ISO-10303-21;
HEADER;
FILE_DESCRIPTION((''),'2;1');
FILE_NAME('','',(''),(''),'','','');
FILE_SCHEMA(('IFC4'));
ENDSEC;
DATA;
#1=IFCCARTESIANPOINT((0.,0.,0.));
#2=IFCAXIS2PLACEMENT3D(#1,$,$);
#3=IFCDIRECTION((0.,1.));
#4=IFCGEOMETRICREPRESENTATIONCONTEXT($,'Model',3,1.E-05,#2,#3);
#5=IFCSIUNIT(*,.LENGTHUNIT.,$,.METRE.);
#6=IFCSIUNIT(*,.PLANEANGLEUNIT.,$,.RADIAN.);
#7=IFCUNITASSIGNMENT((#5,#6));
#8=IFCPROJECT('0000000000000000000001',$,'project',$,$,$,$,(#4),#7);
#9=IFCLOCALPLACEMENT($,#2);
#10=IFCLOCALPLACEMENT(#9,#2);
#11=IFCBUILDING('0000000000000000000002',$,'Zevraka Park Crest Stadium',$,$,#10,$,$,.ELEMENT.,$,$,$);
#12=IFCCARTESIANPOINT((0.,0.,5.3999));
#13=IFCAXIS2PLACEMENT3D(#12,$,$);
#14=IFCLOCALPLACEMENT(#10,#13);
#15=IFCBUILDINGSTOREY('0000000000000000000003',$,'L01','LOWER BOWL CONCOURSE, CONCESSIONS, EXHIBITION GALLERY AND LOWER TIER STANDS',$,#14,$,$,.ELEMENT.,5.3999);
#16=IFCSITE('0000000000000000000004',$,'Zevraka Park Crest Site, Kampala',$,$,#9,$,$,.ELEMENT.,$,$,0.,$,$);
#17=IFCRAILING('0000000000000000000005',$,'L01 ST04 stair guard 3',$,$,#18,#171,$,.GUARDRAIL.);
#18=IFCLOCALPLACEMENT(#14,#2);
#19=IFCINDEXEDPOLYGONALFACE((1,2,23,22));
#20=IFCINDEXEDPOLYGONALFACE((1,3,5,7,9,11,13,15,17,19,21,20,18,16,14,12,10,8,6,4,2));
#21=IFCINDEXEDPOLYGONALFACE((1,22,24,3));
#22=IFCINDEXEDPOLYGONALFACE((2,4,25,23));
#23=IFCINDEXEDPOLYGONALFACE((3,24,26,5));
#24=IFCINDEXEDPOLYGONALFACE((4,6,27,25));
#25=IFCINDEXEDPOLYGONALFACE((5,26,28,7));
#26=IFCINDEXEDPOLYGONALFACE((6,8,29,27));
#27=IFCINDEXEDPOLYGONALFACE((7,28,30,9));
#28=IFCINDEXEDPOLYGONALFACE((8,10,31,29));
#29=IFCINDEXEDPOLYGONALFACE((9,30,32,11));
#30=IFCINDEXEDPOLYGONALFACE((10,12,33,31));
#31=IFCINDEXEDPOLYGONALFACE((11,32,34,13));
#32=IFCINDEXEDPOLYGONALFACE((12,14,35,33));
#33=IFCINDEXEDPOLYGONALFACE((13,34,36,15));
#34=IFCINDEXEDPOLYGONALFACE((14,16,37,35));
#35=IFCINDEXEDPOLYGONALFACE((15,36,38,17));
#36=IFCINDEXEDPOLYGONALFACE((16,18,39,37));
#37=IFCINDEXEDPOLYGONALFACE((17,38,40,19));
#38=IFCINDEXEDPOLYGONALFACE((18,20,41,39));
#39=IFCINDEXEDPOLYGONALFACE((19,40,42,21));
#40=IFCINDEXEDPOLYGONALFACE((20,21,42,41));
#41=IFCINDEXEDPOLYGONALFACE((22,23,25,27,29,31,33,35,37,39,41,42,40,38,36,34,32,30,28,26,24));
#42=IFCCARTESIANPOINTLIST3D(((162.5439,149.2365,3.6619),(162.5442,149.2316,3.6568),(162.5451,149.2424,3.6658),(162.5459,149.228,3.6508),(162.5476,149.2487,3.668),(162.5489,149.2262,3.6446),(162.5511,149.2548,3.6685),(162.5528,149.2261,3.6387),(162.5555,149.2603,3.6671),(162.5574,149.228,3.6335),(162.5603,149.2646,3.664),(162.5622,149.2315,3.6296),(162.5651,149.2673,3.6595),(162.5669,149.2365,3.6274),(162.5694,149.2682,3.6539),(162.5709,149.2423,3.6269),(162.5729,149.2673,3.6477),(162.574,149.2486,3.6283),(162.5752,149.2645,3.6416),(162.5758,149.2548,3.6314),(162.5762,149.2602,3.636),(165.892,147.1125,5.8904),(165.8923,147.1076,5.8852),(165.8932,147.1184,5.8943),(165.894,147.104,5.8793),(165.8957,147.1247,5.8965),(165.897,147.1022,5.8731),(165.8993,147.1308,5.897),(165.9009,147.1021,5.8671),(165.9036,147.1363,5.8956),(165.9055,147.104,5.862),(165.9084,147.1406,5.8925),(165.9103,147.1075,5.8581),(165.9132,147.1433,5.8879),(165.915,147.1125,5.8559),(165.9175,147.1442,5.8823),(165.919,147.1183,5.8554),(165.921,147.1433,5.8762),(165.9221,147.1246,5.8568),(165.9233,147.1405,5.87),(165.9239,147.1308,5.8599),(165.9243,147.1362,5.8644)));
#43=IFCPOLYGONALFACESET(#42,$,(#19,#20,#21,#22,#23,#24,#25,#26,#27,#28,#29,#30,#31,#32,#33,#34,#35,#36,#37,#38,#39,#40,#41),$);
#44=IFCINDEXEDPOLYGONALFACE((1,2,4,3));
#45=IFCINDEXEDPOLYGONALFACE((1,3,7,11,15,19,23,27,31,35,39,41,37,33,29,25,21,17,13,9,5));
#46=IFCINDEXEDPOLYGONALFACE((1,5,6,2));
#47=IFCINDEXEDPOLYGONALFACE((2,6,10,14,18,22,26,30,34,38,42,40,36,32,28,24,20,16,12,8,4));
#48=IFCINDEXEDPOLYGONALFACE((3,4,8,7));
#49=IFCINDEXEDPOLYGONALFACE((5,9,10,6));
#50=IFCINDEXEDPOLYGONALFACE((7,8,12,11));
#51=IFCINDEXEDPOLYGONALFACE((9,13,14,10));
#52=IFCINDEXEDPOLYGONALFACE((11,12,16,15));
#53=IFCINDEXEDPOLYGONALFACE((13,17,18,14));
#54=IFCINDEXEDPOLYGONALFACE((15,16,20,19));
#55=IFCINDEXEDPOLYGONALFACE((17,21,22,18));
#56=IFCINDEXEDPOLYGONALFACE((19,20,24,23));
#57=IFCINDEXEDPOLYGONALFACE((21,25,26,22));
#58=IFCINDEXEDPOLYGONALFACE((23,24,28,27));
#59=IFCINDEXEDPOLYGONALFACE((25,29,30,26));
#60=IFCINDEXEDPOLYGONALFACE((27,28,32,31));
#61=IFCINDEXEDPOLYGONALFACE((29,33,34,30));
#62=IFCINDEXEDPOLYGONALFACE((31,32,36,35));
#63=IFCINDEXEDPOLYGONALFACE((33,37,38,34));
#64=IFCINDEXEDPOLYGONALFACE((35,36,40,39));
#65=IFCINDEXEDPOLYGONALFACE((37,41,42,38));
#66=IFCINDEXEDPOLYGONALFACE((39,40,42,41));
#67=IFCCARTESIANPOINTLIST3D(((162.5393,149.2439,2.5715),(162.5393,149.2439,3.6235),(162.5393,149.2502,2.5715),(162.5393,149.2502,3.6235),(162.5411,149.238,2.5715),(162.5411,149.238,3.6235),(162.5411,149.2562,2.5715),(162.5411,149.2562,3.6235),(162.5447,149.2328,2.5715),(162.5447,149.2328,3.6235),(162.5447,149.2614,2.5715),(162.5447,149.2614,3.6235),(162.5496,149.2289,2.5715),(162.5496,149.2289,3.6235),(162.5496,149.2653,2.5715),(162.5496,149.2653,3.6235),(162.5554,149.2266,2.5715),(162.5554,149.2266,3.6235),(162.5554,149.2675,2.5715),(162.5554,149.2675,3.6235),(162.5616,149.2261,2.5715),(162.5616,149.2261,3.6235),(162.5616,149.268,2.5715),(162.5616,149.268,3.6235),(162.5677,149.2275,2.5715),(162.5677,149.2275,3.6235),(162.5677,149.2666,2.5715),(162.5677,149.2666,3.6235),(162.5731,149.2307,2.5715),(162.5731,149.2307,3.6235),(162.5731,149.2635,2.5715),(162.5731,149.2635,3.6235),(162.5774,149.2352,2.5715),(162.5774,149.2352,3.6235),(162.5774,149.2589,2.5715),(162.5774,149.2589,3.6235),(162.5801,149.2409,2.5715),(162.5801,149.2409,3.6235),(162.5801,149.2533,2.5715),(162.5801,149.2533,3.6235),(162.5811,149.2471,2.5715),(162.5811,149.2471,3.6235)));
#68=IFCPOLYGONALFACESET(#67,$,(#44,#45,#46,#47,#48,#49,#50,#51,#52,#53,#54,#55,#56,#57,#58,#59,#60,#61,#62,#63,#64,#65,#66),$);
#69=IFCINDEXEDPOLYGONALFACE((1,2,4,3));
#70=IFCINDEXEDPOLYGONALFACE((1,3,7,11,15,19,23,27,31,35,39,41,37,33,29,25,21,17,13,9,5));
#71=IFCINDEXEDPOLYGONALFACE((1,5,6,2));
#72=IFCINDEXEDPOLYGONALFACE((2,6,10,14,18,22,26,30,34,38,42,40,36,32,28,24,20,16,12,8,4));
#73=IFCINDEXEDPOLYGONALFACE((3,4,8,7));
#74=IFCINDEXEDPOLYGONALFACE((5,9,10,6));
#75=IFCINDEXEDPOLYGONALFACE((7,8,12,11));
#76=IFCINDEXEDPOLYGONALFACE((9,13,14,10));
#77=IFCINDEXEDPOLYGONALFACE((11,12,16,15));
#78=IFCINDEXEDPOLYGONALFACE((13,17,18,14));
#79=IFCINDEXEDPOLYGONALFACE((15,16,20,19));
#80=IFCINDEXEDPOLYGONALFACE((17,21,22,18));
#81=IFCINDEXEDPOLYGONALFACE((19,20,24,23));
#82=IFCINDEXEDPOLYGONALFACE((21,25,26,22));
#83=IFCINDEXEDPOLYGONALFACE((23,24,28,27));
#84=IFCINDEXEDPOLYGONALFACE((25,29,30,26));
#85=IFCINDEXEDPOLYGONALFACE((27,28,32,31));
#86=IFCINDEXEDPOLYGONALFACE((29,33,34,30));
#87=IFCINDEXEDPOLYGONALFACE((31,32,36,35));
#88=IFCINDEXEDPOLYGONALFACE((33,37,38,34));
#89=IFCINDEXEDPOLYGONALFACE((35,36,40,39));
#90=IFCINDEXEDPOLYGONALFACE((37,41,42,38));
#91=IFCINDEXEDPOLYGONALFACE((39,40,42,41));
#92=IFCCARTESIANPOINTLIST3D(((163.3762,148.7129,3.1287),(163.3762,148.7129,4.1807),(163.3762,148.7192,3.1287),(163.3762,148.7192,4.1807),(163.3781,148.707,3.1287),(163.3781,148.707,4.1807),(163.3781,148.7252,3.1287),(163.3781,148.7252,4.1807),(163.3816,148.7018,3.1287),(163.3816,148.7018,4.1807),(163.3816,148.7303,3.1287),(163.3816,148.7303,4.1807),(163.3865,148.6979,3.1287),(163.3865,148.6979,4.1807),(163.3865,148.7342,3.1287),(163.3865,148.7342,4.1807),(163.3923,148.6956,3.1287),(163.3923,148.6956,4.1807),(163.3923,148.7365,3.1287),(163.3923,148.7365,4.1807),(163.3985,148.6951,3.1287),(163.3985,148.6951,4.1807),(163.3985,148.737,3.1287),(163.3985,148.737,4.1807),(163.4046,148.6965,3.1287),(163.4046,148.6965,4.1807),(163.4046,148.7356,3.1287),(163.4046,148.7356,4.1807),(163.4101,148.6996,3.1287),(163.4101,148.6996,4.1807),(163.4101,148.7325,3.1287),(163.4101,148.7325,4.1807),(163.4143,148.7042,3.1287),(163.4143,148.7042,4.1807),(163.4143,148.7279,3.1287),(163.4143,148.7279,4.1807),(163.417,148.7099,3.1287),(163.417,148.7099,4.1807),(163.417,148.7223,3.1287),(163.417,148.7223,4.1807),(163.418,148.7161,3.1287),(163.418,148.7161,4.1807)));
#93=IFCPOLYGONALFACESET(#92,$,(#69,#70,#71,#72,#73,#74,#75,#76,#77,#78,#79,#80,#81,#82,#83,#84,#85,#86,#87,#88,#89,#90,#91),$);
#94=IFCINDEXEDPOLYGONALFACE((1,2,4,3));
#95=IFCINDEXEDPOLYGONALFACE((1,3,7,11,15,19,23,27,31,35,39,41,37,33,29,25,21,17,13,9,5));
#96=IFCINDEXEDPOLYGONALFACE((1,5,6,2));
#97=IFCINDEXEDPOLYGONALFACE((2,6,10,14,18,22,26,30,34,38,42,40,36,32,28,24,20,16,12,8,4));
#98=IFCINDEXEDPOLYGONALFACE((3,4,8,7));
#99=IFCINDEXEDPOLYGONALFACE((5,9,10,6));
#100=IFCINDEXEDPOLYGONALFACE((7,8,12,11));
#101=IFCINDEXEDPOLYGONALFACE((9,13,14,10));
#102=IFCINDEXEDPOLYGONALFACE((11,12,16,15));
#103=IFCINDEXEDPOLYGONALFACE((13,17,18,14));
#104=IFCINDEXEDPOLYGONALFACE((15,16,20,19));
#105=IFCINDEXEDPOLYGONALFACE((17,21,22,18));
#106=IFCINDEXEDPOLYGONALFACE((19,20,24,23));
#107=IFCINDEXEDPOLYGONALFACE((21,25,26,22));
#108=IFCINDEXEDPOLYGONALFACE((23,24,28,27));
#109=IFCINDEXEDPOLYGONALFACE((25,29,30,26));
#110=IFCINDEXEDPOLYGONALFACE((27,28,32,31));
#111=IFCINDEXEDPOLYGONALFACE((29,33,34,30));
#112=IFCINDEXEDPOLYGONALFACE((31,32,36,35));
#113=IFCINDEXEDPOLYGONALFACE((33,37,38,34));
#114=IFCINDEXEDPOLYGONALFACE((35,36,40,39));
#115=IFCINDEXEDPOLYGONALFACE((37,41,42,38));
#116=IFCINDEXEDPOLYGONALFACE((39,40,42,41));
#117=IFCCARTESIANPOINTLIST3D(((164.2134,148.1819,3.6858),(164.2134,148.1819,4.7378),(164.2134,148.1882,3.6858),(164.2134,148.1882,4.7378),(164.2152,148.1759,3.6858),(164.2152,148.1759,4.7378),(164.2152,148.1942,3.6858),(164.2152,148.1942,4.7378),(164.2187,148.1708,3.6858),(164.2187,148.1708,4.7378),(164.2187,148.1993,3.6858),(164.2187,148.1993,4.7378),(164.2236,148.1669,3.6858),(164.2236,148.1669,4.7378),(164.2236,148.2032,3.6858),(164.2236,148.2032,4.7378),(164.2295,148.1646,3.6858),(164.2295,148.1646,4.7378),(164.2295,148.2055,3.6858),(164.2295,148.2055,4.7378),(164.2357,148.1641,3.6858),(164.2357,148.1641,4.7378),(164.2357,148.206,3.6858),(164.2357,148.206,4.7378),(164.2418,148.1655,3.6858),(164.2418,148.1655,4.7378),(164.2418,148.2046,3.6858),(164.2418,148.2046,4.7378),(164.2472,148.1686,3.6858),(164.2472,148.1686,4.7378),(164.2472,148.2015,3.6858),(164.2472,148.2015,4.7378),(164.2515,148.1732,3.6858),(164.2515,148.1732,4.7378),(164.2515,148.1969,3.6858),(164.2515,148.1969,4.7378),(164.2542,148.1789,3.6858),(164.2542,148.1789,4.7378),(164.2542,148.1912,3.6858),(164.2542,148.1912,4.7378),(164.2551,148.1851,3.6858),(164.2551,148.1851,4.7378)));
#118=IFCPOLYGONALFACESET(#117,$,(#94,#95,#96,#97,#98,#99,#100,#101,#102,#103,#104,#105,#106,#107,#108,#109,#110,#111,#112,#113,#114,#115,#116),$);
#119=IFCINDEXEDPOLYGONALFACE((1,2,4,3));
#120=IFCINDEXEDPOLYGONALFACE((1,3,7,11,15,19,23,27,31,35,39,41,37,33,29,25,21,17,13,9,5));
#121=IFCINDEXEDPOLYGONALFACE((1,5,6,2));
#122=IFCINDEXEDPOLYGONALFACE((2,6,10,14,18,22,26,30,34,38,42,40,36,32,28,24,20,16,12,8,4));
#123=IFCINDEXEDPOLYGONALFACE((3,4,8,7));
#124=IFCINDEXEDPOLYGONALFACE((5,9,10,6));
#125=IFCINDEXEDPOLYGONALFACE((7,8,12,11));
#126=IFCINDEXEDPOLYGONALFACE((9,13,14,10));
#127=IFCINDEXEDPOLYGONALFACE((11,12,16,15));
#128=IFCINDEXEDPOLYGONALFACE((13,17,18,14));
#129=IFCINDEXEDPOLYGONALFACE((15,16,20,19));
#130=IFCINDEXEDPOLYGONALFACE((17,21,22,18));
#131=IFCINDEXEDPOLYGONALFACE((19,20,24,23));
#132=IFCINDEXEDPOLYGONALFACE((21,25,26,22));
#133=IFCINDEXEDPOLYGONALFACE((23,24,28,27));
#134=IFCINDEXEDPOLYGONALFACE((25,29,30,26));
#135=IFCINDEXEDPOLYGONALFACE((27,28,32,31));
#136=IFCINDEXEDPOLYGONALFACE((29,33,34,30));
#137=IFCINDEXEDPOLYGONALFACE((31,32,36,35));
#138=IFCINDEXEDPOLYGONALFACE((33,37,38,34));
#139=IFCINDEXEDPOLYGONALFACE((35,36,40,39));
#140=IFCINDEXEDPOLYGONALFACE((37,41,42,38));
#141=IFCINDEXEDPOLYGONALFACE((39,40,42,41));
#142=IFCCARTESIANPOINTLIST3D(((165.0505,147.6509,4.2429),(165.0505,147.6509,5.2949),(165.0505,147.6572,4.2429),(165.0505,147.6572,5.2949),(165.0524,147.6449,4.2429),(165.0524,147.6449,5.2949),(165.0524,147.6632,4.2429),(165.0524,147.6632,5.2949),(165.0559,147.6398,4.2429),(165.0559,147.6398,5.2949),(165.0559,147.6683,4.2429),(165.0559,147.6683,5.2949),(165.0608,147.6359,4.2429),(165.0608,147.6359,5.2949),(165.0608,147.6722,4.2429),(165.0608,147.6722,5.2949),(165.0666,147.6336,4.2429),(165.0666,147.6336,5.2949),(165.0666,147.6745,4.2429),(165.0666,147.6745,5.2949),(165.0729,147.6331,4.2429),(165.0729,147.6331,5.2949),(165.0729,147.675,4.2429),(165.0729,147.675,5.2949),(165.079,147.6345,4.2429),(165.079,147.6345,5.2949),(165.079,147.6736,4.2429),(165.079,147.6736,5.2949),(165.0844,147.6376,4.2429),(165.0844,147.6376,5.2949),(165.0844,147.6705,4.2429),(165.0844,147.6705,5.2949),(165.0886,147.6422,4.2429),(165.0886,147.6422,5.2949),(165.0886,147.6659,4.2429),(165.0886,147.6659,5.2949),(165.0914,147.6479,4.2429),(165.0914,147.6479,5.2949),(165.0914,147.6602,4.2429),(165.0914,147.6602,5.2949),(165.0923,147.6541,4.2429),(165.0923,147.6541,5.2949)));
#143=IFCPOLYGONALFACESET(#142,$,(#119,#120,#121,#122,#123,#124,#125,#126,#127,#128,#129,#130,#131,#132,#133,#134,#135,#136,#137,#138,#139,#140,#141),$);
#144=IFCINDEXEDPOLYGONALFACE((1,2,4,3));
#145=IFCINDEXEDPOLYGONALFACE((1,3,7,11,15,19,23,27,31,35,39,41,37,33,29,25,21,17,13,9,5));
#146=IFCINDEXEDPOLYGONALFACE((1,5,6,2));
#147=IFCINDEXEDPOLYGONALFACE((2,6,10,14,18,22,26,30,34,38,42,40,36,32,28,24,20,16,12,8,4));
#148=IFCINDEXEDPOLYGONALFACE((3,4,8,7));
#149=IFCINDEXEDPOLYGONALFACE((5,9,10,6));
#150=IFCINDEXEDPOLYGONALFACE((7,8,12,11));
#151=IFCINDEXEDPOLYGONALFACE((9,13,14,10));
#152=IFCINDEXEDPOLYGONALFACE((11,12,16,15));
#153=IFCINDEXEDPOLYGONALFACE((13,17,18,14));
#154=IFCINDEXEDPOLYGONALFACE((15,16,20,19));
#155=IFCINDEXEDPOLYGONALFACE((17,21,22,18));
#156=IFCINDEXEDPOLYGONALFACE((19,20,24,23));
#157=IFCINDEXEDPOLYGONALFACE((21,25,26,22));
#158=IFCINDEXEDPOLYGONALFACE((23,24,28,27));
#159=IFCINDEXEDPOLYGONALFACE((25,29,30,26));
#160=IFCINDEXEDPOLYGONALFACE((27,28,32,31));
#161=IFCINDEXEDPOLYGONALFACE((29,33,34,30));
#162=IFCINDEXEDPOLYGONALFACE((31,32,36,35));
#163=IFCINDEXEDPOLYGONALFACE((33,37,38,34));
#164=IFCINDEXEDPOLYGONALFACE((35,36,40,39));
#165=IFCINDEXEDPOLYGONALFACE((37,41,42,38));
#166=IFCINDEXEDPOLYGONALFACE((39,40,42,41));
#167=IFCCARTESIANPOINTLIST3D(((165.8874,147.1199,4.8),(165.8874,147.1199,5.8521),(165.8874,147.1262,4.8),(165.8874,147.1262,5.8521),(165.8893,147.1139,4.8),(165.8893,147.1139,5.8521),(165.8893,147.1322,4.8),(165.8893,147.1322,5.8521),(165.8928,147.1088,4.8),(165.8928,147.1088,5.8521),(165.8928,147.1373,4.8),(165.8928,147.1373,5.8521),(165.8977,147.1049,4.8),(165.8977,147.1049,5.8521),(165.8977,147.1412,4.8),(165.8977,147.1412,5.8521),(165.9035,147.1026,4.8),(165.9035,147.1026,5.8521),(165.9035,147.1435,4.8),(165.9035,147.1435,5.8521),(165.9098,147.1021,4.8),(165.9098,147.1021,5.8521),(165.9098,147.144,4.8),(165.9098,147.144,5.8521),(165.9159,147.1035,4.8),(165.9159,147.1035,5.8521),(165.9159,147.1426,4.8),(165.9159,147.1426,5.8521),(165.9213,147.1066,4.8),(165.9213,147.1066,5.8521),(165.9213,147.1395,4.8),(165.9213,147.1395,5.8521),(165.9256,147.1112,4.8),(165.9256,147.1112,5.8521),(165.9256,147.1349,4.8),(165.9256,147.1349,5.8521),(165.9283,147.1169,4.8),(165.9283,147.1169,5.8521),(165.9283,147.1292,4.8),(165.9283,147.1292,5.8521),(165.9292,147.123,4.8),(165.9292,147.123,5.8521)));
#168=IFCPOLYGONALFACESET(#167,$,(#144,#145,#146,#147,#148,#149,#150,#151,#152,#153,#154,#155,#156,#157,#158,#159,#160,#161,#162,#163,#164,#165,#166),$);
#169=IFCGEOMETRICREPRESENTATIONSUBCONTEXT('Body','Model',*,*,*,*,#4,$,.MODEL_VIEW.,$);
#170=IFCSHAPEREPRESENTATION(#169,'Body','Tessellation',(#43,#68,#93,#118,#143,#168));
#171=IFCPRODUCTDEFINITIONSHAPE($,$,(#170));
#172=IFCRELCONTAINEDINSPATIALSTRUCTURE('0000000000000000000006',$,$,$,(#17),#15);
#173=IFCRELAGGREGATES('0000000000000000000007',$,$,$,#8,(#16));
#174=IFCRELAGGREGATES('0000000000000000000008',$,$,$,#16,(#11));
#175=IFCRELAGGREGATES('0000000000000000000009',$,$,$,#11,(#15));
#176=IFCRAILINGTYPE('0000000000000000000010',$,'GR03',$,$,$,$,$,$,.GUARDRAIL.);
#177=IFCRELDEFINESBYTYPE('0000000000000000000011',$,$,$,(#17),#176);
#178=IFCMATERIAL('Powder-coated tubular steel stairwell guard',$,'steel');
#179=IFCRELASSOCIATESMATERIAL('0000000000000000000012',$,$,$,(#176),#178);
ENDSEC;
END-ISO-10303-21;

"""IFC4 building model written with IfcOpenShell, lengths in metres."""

from ifc_helpers import new_model, si_unit, direction, frame, origin, origin_2d, place, context, subcontext, project, spatial, circle, extrude, material, type_object, element, save


model = new_model("IFC4")

# Units and contexts
model_context = context("Model", 3, precision=1e-05, world=origin(), true_north=direction((0.0, 1.0)))
body_context = subcontext(model_context, "Body", "Model", "MODEL_VIEW")
ifc_project = project(units=[si_unit("LENGTHUNIT", "METRE"), si_unit("PLANEANGLEUNIT", "RADIAN")], contexts=[model_context])

# Site, building, storey
site_placement = place(None, origin())
site = spatial("IfcSite", under=ifc_project, at=site_placement, Name="Zevraka Park Crest Site, Kampala", CompositionType="ELEMENT", RefElevation=0.0)
building_placement = place(site_placement, origin())
building = spatial("IfcBuilding", under=site, at=building_placement, Name="Zevraka Park Crest Stadium", CompositionType="ELEMENT")
storey_placement = place(building_placement, frame((0.0, 0.0, 5.3999)))
storey = spatial("IfcBuildingStorey", under=building, at=storey_placement, Name="L01", Description="LOWER BOWL CONCOURSE, CONCESSIONS, EXHIBITION GALLERY AND LOWER TIER STANDS", CompositionType="ELEMENT", Elevation=5.3999)

# Railing
ifc_material_1 = material(Name="Powder-coated tubular steel stairwell guard", Category="steel")
railing_type_1 = type_object("IfcRailingType", Name="GR03", PredefinedType="GUARDRAIL", material=ifc_material_1)
railing_1_placement = place(storey_placement, frame((162.5601, 149.2471, 2.5715)))
element("IfcRailing", 1, at=railing_1_placement, inside=storey, type_object=railing_type_1, Name="L01 ST04 stair guard 3", PredefinedType="GUARDRAIL", context=body_context, shape_type="SweptSolid", body=[
    extrude(circle(Radius=0.0239, at=origin_2d()), frame((0.0, 0.0, 1.0762), z_axis=(0.736117, -0.466984, 0.489957), x_axis=(0.535688, 0.844416, 0.0)), (0.0, 0.0, 1.0), 4.5483),
    extrude(circle(Radius=0.021, at=origin_2d()), origin(), (0.0, 0.0, 1.0), 1.052),
    extrude(circle(Radius=0.021, at=origin_2d()), frame((0.8369, -0.531, 0.5571)), (0.0, 0.0, 1.0), 1.052),
    extrude(circle(Radius=0.021, at=origin_2d()), frame((1.6741, -1.062, 1.1143)), (0.0, 0.0, 1.0), 1.052),
    extrude(circle(Radius=0.021, at=origin_2d()), frame((2.5112, -1.593, 1.6714)), (0.0, 0.0, 1.0), 1.052),
    extrude(circle(Radius=0.021, at=origin_2d()), frame((3.3481, -2.124, 2.2285)), (0.0, 0.0, 1.0), 1.052),
])

save(model, "model.ifc")
